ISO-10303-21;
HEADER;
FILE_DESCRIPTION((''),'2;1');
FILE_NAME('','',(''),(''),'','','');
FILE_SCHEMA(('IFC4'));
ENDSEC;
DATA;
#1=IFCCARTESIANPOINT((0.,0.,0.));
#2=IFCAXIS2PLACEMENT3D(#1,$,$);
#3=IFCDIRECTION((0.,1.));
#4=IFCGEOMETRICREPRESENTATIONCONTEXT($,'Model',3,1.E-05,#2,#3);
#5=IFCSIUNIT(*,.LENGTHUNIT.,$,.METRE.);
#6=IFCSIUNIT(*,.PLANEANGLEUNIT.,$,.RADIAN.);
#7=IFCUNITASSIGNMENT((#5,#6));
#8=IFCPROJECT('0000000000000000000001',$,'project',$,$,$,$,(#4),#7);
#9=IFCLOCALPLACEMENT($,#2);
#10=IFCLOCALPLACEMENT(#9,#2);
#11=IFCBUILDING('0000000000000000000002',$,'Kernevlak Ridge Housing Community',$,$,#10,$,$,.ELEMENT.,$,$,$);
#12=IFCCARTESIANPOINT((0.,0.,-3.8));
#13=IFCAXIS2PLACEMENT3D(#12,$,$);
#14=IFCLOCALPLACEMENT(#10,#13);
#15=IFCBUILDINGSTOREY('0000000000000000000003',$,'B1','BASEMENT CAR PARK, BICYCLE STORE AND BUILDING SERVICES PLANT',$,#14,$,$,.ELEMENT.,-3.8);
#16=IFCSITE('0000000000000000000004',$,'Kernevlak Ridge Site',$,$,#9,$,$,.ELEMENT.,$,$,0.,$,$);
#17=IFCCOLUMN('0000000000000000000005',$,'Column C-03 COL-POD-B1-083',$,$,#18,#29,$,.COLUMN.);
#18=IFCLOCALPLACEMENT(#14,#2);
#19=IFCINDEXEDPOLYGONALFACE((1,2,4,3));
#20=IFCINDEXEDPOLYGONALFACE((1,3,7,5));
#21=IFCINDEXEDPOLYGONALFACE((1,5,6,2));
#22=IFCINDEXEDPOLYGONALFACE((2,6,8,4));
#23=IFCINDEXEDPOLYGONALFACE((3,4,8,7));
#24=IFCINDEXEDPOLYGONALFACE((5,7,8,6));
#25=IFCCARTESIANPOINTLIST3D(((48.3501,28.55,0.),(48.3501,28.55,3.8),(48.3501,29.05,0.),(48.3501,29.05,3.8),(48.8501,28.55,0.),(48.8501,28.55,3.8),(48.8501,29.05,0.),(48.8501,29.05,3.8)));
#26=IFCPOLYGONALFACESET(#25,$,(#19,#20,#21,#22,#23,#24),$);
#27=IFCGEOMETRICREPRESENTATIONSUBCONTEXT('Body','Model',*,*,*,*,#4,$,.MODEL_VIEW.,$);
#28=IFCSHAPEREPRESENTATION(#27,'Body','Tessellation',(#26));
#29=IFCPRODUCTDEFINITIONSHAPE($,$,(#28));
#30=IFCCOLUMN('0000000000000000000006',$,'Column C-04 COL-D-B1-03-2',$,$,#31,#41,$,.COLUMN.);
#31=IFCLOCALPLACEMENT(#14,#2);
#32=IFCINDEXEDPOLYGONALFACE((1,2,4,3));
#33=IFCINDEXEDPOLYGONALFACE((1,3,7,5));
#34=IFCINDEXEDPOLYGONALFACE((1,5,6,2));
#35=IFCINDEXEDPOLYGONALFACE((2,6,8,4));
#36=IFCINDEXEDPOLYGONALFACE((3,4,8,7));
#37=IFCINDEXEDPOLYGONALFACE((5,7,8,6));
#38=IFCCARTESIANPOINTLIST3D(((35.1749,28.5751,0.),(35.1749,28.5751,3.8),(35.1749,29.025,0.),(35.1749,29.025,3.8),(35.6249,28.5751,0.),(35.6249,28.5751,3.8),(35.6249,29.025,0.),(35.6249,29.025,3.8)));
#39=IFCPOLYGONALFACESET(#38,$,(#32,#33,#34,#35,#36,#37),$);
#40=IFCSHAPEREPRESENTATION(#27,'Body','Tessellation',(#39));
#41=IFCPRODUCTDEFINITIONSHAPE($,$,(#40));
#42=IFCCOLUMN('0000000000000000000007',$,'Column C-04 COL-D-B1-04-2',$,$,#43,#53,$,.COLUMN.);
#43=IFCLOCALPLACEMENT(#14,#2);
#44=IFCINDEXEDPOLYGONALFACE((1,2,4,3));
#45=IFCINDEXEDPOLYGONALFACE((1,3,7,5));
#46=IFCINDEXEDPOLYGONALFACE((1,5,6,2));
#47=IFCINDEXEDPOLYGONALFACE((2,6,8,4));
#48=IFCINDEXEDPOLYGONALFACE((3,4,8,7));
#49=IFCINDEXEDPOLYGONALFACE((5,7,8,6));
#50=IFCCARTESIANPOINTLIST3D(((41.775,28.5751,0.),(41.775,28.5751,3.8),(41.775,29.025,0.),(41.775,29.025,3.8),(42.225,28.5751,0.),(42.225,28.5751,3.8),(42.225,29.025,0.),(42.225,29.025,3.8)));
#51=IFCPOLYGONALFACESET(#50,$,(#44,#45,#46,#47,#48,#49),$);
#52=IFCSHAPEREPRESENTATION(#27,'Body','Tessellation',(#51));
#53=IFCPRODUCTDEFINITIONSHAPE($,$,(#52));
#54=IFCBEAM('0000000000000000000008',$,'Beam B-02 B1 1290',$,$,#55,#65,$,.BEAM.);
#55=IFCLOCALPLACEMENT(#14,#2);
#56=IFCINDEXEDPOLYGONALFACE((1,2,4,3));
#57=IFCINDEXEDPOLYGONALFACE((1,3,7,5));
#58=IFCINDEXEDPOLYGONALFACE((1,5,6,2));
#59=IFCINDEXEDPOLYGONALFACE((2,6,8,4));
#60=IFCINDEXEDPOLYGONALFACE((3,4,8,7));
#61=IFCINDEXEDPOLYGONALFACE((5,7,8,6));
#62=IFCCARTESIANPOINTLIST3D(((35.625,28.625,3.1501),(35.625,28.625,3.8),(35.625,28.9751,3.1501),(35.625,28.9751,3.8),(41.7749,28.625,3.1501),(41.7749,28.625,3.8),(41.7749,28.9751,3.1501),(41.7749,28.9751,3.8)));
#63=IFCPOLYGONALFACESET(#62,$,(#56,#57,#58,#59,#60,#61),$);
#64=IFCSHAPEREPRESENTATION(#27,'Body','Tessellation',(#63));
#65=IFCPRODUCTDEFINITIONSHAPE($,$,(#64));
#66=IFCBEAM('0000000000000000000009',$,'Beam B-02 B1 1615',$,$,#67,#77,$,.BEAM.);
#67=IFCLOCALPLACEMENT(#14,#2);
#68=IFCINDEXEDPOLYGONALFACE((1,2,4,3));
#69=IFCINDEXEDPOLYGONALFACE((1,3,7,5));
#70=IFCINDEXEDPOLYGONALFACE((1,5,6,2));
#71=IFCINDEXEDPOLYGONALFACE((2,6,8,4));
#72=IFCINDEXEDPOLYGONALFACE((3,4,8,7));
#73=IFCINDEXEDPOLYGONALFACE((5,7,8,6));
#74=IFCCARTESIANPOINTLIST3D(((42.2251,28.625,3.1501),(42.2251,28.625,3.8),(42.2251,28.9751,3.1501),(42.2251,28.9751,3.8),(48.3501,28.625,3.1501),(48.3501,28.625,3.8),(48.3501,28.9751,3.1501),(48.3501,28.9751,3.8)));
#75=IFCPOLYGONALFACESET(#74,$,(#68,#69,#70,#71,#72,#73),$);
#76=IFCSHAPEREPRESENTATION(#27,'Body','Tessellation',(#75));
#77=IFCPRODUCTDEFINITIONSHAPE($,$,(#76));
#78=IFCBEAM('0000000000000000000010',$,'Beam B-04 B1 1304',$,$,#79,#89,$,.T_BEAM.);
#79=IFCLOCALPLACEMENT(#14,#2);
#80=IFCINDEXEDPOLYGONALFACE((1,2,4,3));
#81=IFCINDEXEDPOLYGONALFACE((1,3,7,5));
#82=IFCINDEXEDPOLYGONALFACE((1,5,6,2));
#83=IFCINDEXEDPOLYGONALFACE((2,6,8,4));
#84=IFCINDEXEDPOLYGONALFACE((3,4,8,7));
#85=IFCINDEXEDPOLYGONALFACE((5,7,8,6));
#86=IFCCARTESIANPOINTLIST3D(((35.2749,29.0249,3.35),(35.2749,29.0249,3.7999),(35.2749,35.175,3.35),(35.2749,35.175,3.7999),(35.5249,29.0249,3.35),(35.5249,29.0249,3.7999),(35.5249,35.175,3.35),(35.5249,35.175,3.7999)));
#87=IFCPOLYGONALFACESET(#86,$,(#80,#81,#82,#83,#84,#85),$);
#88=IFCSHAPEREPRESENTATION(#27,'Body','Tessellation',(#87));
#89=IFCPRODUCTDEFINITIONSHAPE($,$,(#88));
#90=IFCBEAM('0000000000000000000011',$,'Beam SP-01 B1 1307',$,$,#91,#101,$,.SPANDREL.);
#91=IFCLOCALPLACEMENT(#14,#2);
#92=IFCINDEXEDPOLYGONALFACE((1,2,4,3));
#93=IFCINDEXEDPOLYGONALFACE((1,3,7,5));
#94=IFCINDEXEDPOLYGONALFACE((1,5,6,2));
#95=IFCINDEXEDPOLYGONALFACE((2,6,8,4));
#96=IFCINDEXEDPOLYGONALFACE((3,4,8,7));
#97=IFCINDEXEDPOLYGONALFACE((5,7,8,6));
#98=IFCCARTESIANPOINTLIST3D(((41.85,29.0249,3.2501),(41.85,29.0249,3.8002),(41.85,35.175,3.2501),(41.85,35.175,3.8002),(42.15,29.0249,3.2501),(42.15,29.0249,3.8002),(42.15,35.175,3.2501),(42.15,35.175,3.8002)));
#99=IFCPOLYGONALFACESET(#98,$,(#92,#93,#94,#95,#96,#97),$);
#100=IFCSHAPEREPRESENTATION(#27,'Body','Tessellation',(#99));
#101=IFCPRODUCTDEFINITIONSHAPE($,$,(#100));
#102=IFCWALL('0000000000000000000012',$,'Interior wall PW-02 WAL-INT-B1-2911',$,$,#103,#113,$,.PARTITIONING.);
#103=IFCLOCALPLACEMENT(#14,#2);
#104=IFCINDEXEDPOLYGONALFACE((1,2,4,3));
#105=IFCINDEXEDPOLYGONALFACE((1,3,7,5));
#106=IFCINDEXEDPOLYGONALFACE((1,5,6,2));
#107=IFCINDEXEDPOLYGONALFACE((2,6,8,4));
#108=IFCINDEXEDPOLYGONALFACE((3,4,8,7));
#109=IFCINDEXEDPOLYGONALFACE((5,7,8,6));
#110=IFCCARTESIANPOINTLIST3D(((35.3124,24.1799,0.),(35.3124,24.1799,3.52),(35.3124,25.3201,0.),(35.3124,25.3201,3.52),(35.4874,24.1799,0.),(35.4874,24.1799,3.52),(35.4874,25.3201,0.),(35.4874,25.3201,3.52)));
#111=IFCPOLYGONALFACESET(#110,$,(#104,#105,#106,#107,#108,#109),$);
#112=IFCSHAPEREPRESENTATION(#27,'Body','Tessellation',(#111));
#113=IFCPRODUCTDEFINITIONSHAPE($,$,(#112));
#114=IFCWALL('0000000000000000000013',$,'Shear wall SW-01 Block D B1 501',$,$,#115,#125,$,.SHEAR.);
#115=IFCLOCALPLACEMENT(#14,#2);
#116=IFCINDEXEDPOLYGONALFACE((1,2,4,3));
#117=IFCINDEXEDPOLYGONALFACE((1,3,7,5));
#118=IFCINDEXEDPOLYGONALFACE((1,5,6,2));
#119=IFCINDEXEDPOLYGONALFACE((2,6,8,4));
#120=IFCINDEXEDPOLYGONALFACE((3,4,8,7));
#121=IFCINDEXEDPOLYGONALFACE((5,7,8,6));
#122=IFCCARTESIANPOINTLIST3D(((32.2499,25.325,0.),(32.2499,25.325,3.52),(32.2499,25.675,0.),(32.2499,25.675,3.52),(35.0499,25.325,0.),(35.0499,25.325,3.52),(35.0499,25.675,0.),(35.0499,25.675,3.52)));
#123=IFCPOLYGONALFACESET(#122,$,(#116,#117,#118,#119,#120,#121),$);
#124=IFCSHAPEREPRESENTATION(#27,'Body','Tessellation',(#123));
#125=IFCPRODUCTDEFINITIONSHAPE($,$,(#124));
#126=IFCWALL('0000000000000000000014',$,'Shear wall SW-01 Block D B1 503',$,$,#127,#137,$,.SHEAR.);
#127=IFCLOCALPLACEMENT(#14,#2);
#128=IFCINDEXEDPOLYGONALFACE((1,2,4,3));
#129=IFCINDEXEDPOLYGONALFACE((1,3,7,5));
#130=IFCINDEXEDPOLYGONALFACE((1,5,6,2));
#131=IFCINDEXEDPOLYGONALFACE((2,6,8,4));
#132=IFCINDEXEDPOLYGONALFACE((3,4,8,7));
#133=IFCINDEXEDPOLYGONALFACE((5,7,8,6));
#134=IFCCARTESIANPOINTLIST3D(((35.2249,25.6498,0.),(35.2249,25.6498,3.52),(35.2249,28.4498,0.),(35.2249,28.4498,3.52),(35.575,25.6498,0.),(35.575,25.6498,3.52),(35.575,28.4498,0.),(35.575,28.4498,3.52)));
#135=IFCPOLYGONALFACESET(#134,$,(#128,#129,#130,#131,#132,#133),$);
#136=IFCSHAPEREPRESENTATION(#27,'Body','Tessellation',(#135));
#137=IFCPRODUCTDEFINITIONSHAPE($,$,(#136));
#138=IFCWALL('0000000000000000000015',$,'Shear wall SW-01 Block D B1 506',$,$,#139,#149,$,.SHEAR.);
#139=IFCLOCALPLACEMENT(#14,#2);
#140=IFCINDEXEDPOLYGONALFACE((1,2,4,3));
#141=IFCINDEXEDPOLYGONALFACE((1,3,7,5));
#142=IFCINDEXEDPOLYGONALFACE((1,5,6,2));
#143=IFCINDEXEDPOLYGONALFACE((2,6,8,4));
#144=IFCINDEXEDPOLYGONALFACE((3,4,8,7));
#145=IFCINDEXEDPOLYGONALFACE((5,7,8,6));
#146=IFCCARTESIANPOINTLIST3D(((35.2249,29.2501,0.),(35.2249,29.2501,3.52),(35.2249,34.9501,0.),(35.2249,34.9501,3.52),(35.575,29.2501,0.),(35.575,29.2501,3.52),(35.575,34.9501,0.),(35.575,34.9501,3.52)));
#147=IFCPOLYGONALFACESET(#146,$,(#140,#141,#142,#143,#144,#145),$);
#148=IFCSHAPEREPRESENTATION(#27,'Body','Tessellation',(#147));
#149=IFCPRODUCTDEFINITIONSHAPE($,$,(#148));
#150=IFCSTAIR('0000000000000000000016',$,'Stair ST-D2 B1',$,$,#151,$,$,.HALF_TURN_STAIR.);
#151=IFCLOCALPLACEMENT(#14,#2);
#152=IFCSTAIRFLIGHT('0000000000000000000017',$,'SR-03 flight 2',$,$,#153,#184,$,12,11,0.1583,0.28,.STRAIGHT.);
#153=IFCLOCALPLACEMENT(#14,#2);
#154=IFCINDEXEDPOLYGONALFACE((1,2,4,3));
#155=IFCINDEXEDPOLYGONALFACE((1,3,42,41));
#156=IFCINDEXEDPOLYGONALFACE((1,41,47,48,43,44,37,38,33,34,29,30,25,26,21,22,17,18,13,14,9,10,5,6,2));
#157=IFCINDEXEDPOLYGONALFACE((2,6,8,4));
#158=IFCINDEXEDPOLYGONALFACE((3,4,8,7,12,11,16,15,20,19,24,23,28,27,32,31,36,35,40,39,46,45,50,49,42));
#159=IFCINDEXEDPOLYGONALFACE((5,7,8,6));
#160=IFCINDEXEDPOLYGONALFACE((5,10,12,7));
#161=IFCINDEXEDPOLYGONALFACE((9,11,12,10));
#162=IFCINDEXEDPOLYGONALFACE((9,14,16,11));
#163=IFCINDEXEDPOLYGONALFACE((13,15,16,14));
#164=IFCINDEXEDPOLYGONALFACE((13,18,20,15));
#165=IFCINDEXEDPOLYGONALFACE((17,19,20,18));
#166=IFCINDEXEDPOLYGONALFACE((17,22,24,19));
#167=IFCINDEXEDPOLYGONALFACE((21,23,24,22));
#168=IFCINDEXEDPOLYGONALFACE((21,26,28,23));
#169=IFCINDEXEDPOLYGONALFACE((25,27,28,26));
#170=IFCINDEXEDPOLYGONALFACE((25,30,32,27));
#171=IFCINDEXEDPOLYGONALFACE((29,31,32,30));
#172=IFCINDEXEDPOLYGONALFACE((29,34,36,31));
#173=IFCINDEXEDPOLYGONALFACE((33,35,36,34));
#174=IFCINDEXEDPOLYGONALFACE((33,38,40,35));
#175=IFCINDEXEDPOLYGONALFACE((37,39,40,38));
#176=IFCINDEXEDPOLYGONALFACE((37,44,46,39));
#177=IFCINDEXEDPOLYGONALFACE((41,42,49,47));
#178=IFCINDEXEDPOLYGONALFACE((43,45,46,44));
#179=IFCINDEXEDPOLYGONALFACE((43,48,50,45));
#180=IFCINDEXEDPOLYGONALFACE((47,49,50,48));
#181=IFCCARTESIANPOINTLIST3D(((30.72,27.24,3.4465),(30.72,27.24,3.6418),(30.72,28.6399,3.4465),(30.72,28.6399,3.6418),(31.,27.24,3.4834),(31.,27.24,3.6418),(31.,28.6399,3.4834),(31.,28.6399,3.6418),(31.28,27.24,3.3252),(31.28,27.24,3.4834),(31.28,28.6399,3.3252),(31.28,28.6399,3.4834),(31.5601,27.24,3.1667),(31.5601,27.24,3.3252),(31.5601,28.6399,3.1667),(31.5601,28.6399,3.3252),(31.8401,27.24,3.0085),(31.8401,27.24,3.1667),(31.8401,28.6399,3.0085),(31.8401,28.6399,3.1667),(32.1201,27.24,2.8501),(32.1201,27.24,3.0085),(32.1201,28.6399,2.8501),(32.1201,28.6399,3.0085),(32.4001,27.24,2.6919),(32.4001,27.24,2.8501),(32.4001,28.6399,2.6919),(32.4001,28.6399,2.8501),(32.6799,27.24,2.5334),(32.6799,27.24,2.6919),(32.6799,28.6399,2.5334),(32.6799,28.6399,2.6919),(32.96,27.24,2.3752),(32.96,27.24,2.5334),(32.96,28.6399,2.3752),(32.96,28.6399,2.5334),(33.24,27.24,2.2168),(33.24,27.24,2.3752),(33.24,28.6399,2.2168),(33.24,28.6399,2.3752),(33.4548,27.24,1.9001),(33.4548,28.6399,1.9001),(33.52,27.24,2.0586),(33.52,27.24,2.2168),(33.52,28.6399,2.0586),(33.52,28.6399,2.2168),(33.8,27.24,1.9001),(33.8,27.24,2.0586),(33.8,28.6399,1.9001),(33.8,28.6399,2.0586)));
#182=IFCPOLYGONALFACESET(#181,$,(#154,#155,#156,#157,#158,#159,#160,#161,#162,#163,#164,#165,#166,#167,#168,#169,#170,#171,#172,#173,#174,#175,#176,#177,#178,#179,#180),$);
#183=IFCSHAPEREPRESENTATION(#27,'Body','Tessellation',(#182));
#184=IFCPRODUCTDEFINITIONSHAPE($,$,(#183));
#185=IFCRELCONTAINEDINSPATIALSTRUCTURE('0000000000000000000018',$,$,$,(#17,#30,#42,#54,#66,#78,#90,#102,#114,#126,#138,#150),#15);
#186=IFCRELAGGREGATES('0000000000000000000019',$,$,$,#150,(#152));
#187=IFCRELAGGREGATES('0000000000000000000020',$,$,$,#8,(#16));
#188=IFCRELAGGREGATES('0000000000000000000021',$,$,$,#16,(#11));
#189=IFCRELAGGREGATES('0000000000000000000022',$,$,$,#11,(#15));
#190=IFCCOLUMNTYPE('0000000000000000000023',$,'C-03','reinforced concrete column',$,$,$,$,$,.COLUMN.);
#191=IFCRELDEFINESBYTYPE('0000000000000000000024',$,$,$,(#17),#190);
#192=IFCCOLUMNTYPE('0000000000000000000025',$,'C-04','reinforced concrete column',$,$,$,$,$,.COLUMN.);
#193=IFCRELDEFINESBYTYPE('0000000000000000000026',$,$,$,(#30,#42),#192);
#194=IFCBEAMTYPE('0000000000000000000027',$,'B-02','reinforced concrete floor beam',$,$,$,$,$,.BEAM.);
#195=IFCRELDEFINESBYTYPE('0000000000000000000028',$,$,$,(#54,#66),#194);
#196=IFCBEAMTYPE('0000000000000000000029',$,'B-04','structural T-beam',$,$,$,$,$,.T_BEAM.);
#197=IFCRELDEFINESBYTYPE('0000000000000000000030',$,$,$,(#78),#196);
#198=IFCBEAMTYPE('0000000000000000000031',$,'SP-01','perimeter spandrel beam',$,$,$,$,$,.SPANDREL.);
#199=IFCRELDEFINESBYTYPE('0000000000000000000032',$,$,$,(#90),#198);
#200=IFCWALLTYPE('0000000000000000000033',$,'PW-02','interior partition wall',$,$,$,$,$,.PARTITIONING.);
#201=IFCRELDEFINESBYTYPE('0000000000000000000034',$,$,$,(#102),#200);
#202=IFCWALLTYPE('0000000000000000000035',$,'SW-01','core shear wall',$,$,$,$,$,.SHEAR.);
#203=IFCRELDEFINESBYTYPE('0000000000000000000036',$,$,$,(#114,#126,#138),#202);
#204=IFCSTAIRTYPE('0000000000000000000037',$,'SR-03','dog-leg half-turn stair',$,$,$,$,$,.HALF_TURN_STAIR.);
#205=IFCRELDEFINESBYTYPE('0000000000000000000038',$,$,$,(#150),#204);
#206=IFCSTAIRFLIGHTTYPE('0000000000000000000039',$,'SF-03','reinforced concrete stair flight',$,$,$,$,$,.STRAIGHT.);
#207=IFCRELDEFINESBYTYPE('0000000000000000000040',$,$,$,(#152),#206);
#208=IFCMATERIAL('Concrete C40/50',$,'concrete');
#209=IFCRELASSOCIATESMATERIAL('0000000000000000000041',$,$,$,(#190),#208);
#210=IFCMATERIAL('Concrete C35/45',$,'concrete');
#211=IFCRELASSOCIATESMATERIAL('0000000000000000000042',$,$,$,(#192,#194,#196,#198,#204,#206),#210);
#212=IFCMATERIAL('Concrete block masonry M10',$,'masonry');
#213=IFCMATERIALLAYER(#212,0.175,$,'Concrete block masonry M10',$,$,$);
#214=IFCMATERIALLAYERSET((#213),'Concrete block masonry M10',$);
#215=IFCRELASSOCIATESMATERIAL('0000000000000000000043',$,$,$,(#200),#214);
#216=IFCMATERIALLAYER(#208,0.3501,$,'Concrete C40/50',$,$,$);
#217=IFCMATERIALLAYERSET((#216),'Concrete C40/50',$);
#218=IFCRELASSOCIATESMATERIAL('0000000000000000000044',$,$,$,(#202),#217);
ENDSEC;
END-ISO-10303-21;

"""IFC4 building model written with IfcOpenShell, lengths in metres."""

from ifc_helpers import new_model, si_unit, direction, frame, frame_2d, origin, origin_2d, place, context, subcontext, project, spatial, polyline, rectangle, outline, extrude, material, layer, layer_set, material_profile, profile_set, type_object, element, aggregate, save


model = new_model("IFC4")

# Units and contexts
model_context = context("Model", 3, precision=1e-05, world=origin(), true_north=direction((0.0, 1.0)))
body_context = subcontext(model_context, "Body", "Model", "MODEL_VIEW")
ifc_project = project(units=[si_unit("LENGTHUNIT", "METRE"), si_unit("PLANEANGLEUNIT", "RADIAN")], contexts=[model_context])

# Site, building, storey
site_placement = place(None, origin())
site = spatial("IfcSite", under=ifc_project, at=site_placement, Name="Kernevlak Ridge Site", CompositionType="ELEMENT", RefElevation=0.0)
building_placement = place(site_placement, origin())
building = spatial("IfcBuilding", under=site, at=building_placement, Name="Kernevlak Ridge Housing Community", CompositionType="ELEMENT")
storey_placement = place(building_placement, frame((0.0, 0.0, -3.8)))
storey = spatial("IfcBuildingStorey", under=building, at=storey_placement, Name="B1", Description="BASEMENT CAR PARK, BICYCLE STORE AND BUILDING SERVICES PLANT", CompositionType="ELEMENT", Elevation=-3.8)

# Shared definitions
ifc_material_1 = material(Name="Concrete C35/45", Category="concrete")

# Columns
ifc_material_2 = material(Name="Concrete C40/50", Category="concrete")
ifc_material_profile_1 = material_profile(ifc_material_2, rectangle(XDim=0.5, YDim=0.5, at=origin_2d()), Name="RC 500x500")
ifc_profile_set_1 = profile_set([ifc_material_profile_1], Name="Concrete C40/50")
column_type_1 = type_object("IfcColumnType", Name="C-03", Description="reinforced concrete column", PredefinedType="COLUMN", material=ifc_profile_set_1)
column_placement = place(storey_placement, frame((48.6001, 28.8, 0.0), z_axis=(0.0, 0.0, 1.0), x_axis=(1.0, 0.0, 0.0)))
element("IfcColumn", 1, at=column_placement, inside=storey, type_object=column_type_1, Name="Column C-03 COL-POD-B1-083", PredefinedType="COLUMN", context=body_context, shape_type="SweptSolid", body=[
    extrude(rectangle(XDim=0.5, YDim=0.5, at=origin_2d()), origin(), (0.0, 0.0, 1.0), 3.8),
])
ifc_material_profile_2 = material_profile(ifc_material_1, rectangle(XDim=0.45, YDim=0.45, at=origin_2d()), Name="RC 450x450")
ifc_profile_set_2 = profile_set([ifc_material_profile_2], Name="Concrete C35/45")
column_type_2 = type_object("IfcColumnType", Name="C-04", Description="reinforced concrete column", PredefinedType="COLUMN", material=ifc_profile_set_2)
for number, where, z_axis, x_axis, name in (
    (2, (35.3999, 28.8, 0.0), (0.0, 0.0, 1.0), (1.0, 0.0, 0.0), "Column C-04 COL-D-B1-03-2"),
    (3, (42.0, 28.8, 0.0), (0.0, 0.0, 1.0), (1.0, 0.0, 0.0), "Column C-04 COL-D-B1-04-2"),
):
    element("IfcColumn", number, at=place(storey_placement, frame(where, z_axis=z_axis, x_axis=x_axis)), inside=storey, type_object=column_type_2, Name=name, PredefinedType="COLUMN", context=body_context, shape_type="SweptSolid", body=[
        extrude(rectangle(XDim=0.45, YDim=0.45, at=origin_2d()), origin(), (0.0, 0.0, 1.0), 3.8),
    ])

# Beams
ifc_material_profile_3 = material_profile(ifc_material_1, rectangle(XDim=0.3501, YDim=0.6499, at=origin_2d()), Name="RC 350x650")
ifc_profile_set_3 = profile_set([ifc_material_profile_3], Name="Concrete C35/45")
beam_type_1 = type_object("IfcBeamType", Name="B-02", Description="reinforced concrete floor beam", PredefinedType="BEAM", material=ifc_profile_set_3)
beam_1_placement = place(storey_placement, frame((35.625, 28.8, 3.4751), z_axis=(1.0, 0.0, 0.0), x_axis=(0.0, 1.0, 0.0)))
element("IfcBeam", 4, at=beam_1_placement, inside=storey, type_object=beam_type_1, Name="Beam B-02 B1 1290", PredefinedType="BEAM", context=body_context, shape_type="SweptSolid", body=[
    extrude(rectangle(XDim=0.3501, YDim=0.6499, at=origin_2d()), origin(), (0.0, 0.0, 1.0), 6.1499),
])
beam_2_placement = place(storey_placement, frame((42.2251, 28.8, 3.4751), z_axis=(1.0, 0.0, 0.0), x_axis=(0.0, 1.0, 0.0)))
element("IfcBeam", 5, at=beam_2_placement, inside=storey, type_object=beam_type_1, Name="Beam B-02 B1 1615", PredefinedType="BEAM", context=body_context, shape_type="SweptSolid", body=[
    extrude(rectangle(XDim=0.3501, YDim=0.6499, at=origin_2d()), origin(), (0.0, 0.0, 1.0), 6.125),
])
ifc_material_profile_4 = material_profile(ifc_material_1, rectangle(XDim=0.25, YDim=0.45, at=origin_2d()), Name="RC 250x450")
ifc_profile_set_4 = profile_set([ifc_material_profile_4], Name="Concrete C35/45")
beam_type_2 = type_object("IfcBeamType", Name="B-04", Description="structural T-beam", PredefinedType="T_BEAM", material=ifc_profile_set_4)
beam_3_placement = place(storey_placement, frame((35.3999, 29.0249, 3.575), z_axis=(0.0, 1.0, 0.0), x_axis=(-1.0, 0.0, 0.0)))
element("IfcBeam", 6, at=beam_3_placement, inside=storey, type_object=beam_type_2, Name="Beam B-04 B1 1304", PredefinedType="T_BEAM", context=body_context, shape_type="SweptSolid", body=[
    extrude(rectangle(XDim=0.25, YDim=0.45, at=origin_2d()), origin(), (0.0, 0.0, 1.0), 6.1501),
])
ifc_material_profile_5 = material_profile(ifc_material_1, rectangle(XDim=0.3, YDim=0.55, at=origin_2d()), Name="RC 300x550")
ifc_profile_set_5 = profile_set([ifc_material_profile_5], Name="Concrete C35/45")
beam_type_3 = type_object("IfcBeamType", Name="SP-01", Description="perimeter spandrel beam", PredefinedType="SPANDREL", material=ifc_profile_set_5)
beam_4_placement = place(storey_placement, frame((42.0, 29.0249, 3.5251), z_axis=(0.0, 1.0, 0.0), x_axis=(-1.0, 0.0, 0.0)))
element("IfcBeam", 7, at=beam_4_placement, inside=storey, type_object=beam_type_3, Name="Beam SP-01 B1 1307", PredefinedType="SPANDREL", context=body_context, shape_type="SweptSolid", body=[
    extrude(rectangle(XDim=0.3, YDim=0.55, at=origin_2d()), origin(), (0.0, 0.0, 1.0), 6.1501),
])

# Walls
ifc_material_3 = material(Name="Concrete block masonry M10", Category="masonry")
ifc_layer_1 = layer(ifc_material_3, 0.175, Name="Concrete block masonry M10")
ifc_layer_set_1 = layer_set([ifc_layer_1], Name="Concrete block masonry M10")
wall_type_1 = type_object("IfcWallType", Name="PW-02", Description="interior partition wall", PredefinedType="PARTITIONING", material=ifc_layer_set_1)
wall_1_placement = place(storey_placement, frame((35.3999, 24.1799, 0.0), z_axis=(0.0, 0.0, 1.0), x_axis=(0.0, 1.0, 0.0)))
element("IfcWall", 8, at=wall_1_placement, inside=storey, type_object=wall_type_1, Name="Interior wall PW-02 WAL-INT-B1-2911", PredefinedType="PARTITIONING", context=body_context, shape_type="SweptSolid", body=[
    extrude(rectangle(XDim=1.1401, YDim=0.175, at=frame_2d((0.5701, 0.0))), origin(), (0.0, 0.0, 1.0), 3.52),
])
ifc_layer_2 = layer(ifc_material_2, 0.3501, Name="Concrete C40/50")
ifc_layer_set_2 = layer_set([ifc_layer_2], Name="Concrete C40/50")
wall_type_2 = type_object("IfcWallType", Name="SW-01", Description="core shear wall", PredefinedType="SHEAR", material=ifc_layer_set_2)
for number, where, z_axis, x_axis, name in (
    (9, (32.25, 25.5, 0.0), (0.0, 0.0, 1.0), (1.0, 0.0, 0.0), "Shear wall SW-01 Block D B1 501"),
    (10, (35.3999, 25.6499, 0.0), (0.0, 0.0, 1.0), (0.0, 1.0, 0.0), "Shear wall SW-01 Block D B1 503"),
):
    element("IfcWall", number, at=place(storey_placement, frame(where, z_axis=z_axis, x_axis=x_axis)), inside=storey, type_object=wall_type_2, Name=name, PredefinedType="SHEAR", context=body_context, shape_type="SweptSolid", body=[
        extrude(rectangle(XDim=2.8, YDim=0.3501, at=frame_2d((1.3999, 0.0))), origin(), (0.0, 0.0, 1.0), 3.52),
    ])
wall_2_placement = place(storey_placement, frame((35.3999, 29.25, 0.0), z_axis=(0.0, 0.0, 1.0), x_axis=(0.0, 1.0, 0.0)))
element("IfcWall", 11, at=wall_2_placement, inside=storey, type_object=wall_type_2, Name="Shear wall SW-01 Block D B1 506", PredefinedType="SHEAR", context=body_context, shape_type="SweptSolid", body=[
    extrude(rectangle(XDim=5.7, YDim=0.3501, at=frame_2d((2.8501, 0.0))), origin(), (0.0, 0.0, 1.0), 3.52),
])

# Stair, stair flight
stair_type = type_object("IfcStairType", Name="SR-03", Description="dog-leg half-turn stair", PredefinedType="HALF_TURN_STAIR", material=ifc_material_1)
stair_placement = place(storey_placement, origin())
stair = element("IfcStair", 12, at=stair_placement, inside=storey, type_object=stair_type, Name="Stair ST-D2 B1", PredefinedType="HALF_TURN_STAIR")
stair_flight_type = type_object("IfcStairFlightType", Name="SF-03", Description="reinforced concrete stair flight", PredefinedType="STRAIGHT", material=ifc_material_1)
stair_flight_placement = place(storey_placement, frame((33.8, 27.9399, 1.9001), z_axis=(0.0, 0.0, 1.0), x_axis=(-1.0, 0.0, 0.0)))
stair_flight = element("IfcStairFlight", 13, at=stair_flight_placement, type_object=stair_flight_type, Name="SR-03 flight 2", NumberOfRisers=12, NumberOfTreads=11, PredefinedType="STRAIGHT", RiserHeight=0.1583, TreadLength=0.28, context=body_context, shape_type="SweptSolid", body=[
    extrude(outline(polyline([(0.0, 0.0), (0.0, 0.1584), (0.28, 0.1584), (0.28, 0.3167), (0.5601, 0.3167), (0.5601, 0.4751), (0.8401, 0.4751), (0.8401, 0.6333), (1.1201, 0.6333), (1.1201, 0.7917), (1.3999, 0.7917), (1.3999, 0.95), (1.6799, 0.95), (1.6799, 1.1084), (1.96, 1.1084), (1.96, 1.2666), (2.24, 1.2666), (2.24, 1.425), (2.52, 1.425), (2.52, 1.5833), (2.8, 1.5833), (2.8, 1.7417), (3.0801, 1.7417), (3.0801, 1.8999), (3.0801, 1.5464), (0.3452, 0.0), (0.0, 0.0)])), frame((0.0, 0.7, 0.0), z_axis=(0.0, -1.0, 0.0), x_axis=(1.0, 0.0, 0.0)), (0.0, 0.0, 1.0), 1.3999),
])
aggregate(stair, [stair_flight])

save(model, "model.ifc")
